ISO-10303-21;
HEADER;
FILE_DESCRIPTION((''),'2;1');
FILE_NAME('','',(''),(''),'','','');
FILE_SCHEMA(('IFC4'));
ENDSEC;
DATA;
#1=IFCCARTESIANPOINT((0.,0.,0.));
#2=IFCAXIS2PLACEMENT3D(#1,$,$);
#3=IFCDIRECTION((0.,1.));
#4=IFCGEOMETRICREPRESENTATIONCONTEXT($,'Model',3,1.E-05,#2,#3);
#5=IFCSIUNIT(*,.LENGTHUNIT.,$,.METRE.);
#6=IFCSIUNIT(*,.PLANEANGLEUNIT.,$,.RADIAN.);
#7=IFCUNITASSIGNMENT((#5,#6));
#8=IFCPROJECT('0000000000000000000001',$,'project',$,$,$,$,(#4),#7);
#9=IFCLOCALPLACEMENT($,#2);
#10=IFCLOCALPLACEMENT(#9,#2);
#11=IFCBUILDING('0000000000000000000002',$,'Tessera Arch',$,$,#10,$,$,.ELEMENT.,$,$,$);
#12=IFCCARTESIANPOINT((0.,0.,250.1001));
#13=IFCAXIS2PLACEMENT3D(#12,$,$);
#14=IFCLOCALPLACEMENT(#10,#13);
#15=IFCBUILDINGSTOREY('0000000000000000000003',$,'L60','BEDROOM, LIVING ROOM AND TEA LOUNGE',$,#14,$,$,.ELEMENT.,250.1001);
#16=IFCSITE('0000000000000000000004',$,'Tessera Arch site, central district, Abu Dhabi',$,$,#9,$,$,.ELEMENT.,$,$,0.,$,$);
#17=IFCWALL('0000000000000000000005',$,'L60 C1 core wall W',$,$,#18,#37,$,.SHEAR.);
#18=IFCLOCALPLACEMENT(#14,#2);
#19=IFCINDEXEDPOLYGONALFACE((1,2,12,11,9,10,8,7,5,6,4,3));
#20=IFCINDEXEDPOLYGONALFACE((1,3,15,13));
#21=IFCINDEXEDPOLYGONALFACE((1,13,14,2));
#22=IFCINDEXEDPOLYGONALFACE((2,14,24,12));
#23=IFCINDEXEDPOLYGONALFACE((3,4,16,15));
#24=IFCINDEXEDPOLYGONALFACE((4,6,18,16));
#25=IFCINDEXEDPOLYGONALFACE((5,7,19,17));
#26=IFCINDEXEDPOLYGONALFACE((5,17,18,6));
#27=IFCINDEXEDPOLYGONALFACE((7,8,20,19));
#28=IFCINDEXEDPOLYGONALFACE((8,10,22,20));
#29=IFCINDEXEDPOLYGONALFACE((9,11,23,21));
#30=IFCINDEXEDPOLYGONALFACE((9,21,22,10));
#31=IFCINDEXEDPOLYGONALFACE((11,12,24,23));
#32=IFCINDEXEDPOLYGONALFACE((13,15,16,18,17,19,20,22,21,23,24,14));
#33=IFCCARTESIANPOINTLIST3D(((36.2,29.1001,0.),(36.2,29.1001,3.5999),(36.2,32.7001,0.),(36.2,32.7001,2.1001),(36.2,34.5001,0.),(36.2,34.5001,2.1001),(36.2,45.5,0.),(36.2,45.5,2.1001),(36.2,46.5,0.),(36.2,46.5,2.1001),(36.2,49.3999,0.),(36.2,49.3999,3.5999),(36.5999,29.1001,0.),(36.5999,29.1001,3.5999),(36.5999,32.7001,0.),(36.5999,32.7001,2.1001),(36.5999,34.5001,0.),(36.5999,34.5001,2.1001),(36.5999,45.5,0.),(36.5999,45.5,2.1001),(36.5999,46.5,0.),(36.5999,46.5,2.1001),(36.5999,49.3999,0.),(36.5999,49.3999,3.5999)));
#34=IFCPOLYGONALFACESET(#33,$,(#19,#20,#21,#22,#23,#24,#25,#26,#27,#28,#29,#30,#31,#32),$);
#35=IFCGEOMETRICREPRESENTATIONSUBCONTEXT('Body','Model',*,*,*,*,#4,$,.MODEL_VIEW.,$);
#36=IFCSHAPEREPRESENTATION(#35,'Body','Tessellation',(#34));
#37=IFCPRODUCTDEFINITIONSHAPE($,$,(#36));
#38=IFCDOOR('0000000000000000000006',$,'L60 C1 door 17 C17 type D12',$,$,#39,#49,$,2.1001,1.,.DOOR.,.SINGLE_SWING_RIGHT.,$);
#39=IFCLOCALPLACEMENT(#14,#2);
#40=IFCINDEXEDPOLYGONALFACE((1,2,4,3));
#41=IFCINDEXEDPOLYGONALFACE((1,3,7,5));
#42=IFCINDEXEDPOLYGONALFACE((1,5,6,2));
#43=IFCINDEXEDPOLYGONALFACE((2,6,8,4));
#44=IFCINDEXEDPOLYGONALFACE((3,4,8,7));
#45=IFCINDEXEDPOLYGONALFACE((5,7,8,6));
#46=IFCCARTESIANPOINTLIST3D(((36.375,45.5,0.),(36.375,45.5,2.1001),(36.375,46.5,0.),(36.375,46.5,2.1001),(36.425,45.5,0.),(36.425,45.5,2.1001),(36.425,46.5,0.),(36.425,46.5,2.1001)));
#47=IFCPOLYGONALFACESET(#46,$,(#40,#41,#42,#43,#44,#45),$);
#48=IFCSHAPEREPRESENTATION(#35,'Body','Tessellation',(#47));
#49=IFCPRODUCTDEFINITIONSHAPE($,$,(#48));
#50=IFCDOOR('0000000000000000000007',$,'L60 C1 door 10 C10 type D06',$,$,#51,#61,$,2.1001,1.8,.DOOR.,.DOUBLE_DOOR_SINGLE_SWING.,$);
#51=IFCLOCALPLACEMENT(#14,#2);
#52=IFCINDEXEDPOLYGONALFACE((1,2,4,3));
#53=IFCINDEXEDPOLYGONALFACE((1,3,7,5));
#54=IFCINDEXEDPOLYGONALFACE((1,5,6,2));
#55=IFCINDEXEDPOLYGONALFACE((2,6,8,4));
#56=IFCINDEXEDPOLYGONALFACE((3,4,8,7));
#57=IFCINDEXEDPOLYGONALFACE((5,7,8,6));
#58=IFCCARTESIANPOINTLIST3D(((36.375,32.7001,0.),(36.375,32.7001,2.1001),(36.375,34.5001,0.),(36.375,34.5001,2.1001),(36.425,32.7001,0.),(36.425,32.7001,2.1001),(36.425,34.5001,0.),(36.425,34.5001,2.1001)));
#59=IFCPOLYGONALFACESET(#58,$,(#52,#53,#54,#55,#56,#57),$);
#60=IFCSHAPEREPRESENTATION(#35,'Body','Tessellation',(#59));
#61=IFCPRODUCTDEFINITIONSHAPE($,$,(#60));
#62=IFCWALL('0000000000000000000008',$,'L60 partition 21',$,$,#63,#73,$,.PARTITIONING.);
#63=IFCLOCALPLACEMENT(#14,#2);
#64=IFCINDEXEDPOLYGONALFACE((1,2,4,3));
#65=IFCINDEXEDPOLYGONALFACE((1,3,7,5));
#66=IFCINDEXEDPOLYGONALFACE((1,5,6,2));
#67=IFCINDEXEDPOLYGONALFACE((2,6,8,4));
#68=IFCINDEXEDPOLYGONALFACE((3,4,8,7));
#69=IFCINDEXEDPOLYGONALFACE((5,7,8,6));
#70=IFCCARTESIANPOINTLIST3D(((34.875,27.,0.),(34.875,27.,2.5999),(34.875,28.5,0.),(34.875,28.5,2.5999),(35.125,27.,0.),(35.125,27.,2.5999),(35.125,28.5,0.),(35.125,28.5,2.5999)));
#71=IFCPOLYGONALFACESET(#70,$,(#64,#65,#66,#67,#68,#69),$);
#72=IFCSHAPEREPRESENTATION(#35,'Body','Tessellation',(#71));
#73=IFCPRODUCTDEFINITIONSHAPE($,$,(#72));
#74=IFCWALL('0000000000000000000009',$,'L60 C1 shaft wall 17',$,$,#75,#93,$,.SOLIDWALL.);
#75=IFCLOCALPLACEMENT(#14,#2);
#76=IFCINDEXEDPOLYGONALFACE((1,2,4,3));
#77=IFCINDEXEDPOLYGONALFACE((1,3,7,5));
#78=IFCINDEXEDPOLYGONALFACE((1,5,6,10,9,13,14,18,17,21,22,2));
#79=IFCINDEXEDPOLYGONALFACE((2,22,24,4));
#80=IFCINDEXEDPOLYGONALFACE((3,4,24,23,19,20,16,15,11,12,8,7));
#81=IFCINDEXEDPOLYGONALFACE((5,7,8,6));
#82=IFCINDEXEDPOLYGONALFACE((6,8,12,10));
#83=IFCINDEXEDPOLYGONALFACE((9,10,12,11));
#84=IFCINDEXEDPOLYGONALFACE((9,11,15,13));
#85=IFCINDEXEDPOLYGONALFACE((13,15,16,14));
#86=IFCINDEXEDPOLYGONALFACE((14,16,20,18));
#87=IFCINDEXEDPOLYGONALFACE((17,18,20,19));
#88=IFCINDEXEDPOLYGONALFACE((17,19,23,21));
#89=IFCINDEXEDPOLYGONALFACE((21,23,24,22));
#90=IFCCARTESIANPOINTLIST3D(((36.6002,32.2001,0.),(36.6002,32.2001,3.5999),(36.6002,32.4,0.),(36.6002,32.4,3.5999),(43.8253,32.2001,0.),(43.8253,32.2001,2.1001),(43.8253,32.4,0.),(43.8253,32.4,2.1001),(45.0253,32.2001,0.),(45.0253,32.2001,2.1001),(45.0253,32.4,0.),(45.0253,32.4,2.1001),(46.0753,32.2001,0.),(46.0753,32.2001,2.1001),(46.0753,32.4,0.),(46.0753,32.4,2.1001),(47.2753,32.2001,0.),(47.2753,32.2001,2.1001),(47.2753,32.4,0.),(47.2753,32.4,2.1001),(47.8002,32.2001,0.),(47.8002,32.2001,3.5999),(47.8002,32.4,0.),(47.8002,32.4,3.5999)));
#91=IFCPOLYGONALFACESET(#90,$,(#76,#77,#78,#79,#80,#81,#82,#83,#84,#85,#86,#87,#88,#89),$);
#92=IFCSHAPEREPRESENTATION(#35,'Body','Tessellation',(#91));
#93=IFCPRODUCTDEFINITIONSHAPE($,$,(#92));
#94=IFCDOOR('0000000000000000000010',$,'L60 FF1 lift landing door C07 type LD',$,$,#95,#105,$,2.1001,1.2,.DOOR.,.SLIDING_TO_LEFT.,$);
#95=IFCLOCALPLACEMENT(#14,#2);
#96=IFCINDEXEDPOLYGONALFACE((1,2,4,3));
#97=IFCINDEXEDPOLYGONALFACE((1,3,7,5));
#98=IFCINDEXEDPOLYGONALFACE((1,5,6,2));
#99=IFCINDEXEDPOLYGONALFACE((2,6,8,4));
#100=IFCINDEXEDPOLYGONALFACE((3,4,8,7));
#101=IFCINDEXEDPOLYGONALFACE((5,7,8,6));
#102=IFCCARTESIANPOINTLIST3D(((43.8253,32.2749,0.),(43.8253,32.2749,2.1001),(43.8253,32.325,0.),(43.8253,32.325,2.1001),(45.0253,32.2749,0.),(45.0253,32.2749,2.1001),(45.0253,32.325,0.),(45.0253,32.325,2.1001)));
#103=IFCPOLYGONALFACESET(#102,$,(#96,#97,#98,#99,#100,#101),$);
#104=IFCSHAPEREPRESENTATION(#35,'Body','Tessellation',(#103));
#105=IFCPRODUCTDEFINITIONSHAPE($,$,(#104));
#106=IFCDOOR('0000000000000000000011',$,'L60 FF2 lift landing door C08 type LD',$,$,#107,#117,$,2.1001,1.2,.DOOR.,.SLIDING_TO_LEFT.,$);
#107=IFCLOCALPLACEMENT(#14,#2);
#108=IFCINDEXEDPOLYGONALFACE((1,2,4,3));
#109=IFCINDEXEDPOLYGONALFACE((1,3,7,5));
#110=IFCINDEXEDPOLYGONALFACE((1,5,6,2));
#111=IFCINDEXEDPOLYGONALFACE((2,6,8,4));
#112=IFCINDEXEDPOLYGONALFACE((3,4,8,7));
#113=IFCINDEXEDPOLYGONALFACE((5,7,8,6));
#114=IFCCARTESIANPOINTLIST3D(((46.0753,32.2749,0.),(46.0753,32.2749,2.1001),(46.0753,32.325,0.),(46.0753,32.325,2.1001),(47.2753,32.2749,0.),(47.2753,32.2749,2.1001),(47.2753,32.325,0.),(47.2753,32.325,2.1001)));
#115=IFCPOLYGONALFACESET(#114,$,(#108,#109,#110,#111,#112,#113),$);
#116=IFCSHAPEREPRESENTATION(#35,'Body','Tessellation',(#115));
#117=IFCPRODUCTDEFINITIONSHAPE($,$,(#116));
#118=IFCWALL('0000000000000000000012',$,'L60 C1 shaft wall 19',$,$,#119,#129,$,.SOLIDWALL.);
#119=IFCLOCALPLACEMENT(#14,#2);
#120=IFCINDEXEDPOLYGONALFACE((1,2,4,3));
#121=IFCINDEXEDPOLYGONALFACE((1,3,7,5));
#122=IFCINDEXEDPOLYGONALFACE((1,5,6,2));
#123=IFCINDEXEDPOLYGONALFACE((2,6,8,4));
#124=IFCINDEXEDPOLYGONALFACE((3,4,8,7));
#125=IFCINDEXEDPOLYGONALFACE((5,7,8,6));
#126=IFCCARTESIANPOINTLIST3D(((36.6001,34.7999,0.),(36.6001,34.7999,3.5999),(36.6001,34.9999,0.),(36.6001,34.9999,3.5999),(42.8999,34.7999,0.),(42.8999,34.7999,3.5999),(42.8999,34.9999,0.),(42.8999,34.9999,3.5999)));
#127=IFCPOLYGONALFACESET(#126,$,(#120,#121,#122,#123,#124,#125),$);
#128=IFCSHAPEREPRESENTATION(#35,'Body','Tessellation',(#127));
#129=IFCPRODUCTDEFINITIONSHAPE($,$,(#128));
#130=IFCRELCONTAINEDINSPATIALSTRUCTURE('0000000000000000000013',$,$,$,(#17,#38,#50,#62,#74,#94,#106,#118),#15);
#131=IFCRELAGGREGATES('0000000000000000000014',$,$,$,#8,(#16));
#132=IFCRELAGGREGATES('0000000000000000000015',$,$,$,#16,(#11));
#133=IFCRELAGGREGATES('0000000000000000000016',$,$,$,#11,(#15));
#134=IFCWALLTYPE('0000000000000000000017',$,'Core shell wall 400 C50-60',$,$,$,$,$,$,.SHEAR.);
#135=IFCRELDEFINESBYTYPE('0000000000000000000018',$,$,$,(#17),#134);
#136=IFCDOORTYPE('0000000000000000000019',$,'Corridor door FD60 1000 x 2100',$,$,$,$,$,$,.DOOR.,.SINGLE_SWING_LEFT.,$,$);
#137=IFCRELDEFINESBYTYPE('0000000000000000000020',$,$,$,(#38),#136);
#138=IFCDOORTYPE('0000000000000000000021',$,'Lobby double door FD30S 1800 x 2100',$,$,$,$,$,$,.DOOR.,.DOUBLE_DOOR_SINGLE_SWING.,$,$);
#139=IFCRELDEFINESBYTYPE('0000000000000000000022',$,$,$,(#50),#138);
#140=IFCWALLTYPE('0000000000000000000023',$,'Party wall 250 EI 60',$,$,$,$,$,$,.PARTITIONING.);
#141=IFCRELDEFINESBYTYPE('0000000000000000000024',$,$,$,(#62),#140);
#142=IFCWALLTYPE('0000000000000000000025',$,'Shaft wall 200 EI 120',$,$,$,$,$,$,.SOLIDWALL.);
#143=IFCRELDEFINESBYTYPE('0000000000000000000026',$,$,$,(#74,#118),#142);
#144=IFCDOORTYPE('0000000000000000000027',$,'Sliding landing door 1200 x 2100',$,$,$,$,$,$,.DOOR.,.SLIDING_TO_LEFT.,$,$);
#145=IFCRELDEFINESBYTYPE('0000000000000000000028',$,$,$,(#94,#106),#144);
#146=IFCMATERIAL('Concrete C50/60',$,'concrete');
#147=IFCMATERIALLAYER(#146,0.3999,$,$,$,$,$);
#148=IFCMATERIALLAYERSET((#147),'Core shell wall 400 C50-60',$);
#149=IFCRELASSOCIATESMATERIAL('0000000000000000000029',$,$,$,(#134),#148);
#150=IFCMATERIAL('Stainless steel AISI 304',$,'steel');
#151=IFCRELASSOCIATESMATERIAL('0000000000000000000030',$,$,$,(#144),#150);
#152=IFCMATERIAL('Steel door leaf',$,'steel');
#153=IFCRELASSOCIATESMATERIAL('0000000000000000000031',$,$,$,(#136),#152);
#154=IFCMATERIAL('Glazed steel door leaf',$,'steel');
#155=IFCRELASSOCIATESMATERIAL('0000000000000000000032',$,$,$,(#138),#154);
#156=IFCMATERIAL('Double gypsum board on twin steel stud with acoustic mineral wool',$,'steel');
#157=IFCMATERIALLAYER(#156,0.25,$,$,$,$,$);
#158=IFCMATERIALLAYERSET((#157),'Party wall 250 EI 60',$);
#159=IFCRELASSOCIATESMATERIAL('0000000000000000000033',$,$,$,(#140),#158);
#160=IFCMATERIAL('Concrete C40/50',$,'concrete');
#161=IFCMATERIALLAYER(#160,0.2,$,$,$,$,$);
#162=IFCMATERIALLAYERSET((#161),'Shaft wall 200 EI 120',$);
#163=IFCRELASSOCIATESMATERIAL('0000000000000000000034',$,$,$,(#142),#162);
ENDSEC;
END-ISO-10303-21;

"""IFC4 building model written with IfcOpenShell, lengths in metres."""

from ifc_helpers import new_model, si_unit, direction, frame, frame_2d, origin, place, context, subcontext, project, spatial, rectangle, extrude, material, layer, layer_set, type_object, element, fill, save


model = new_model("IFC4")

# Units and contexts
model_context = context("Model", 3, precision=1e-05, world=origin(), true_north=direction((0.0, 1.0)))
body_context = subcontext(model_context, "Body", "Model", "MODEL_VIEW")
ifc_project = project(units=[si_unit("LENGTHUNIT", "METRE"), si_unit("PLANEANGLEUNIT", "RADIAN")], contexts=[model_context])

# Site, building, storey
site_placement = place(None, origin())
site = spatial("IfcSite", under=ifc_project, at=site_placement, Name="Tessera Arch site, central district, Abu Dhabi", CompositionType="ELEMENT", RefElevation=0.0)
building_placement = place(site_placement, origin())
building = spatial("IfcBuilding", under=site, at=building_placement, Name="Tessera Arch", CompositionType="ELEMENT")
storey_placement = place(building_placement, frame((0.0, 0.0, 250.1001)))
storey = spatial("IfcBuildingStorey", under=building, at=storey_placement, Name="L60", Description="BEDROOM, LIVING ROOM AND TEA LOUNGE", CompositionType="ELEMENT", Elevation=250.1001)

# Wall, openings, doors
ifc_material_1 = material(Name="Concrete C50/60", Category="concrete")
ifc_layer_1 = layer(ifc_material_1, 0.3999)
ifc_layer_set_1 = layer_set([ifc_layer_1], Name="Core shell wall 400 C50-60")
wall_type_1 = type_object("IfcWallType", Name="Core shell wall 400 C50-60", PredefinedType="SHEAR", material=ifc_layer_set_1)
ifc_material_2 = material(Name="Stainless steel AISI 304", Category="steel")
door_type_1 = type_object("IfcDoorType", Name="Sliding landing door 1200 x 2100", OperationType="SLIDING_TO_LEFT", PredefinedType="DOOR", material=ifc_material_2)
wall_1_placement = place(storey_placement, frame((36.3999, 29.1001, 0.0), z_axis=(0.0, 0.0, 1.0), x_axis=(0.0, 1.0, 0.0)))
wall_1 = element("IfcWall", 1, at=wall_1_placement, inside=storey, type_object=wall_type_1, Name="L60 C1 core wall W", PredefinedType="SHEAR", context=body_context, shape_type="SweptSolid", body=[
    extrude(rectangle(XDim=20.2998, YDim=0.3999, at=frame_2d((10.1499, 0.0))), origin(), (0.0, 0.0, 1.0), 3.5999),
])
opening_1_placement = place(wall_1_placement, frame((3.6001, 0.0, 0.0)))
opening_1 = element("IfcOpeningElement", 2, at=opening_1_placement, cuts=wall_1, PredefinedType="OPENING", context=body_context, shape_type="SweptSolid", body=[
    extrude(rectangle(XDim=1.8, YDim=2.1001, at=frame_2d((0.8999, 1.05))), frame((0.0, 0.21, 0.0), z_axis=(0.0, -1.0, 0.0), x_axis=(1.0, 0.0, 0.0)), (0.0, 0.0, 1.0), 0.4199),
])
opening_2_placement = place(wall_1_placement, frame((16.3999, 0.0, 0.0)))
opening_2 = element("IfcOpeningElement", 3, at=opening_2_placement, cuts=wall_1, PredefinedType="OPENING", context=body_context, shape_type="SweptSolid", body=[
    extrude(rectangle(XDim=1.0, YDim=2.1001, at=frame_2d((0.5, 1.05))), frame((0.0, 0.21, 0.0), z_axis=(0.0, -1.0, 0.0), x_axis=(1.0, 0.0, 0.0)), (0.0, 0.0, 1.0), 0.4199),
])
ifc_material_3 = material(Name="Steel door leaf", Category="steel")
door_type_2 = type_object("IfcDoorType", Name="Corridor door FD60 1000 x 2100", OperationType="SINGLE_SWING_LEFT", PredefinedType="DOOR", material=ifc_material_3)
door_1_placement = place(opening_2_placement, origin())
door_1 = element("IfcDoor", 4, at=door_1_placement, inside=storey, type_object=door_type_2, Name="L60 C1 door 17 C17 type D12", OperationType="SINGLE_SWING_RIGHT", OverallHeight=2.1001, OverallWidth=1.0, PredefinedType="DOOR", context=body_context, shape_type="SweptSolid", body=[
    extrude(rectangle(XDim=1.0, YDim=2.1001, at=frame_2d((0.5, 1.05))), frame((0.0, 0.0249, 0.0), z_axis=(0.0, -1.0, 0.0), x_axis=(1.0, 0.0, 0.0)), (0.0, 0.0, 1.0), 0.05),
])
fill(opening_2, door_1)
ifc_material_4 = material(Name="Glazed steel door leaf", Category="steel")
door_type_3 = type_object("IfcDoorType", Name="Lobby double door FD30S 1800 x 2100", OperationType="DOUBLE_DOOR_SINGLE_SWING", PredefinedType="DOOR", material=ifc_material_4)
door_2_placement = place(opening_1_placement, origin())
door_2 = element("IfcDoor", 5, at=door_2_placement, inside=storey, type_object=door_type_3, Name="L60 C1 door 10 C10 type D06", OperationType="DOUBLE_DOOR_SINGLE_SWING", OverallHeight=2.1001, OverallWidth=1.8, PredefinedType="DOOR", context=body_context, shape_type="SweptSolid", body=[
    extrude(rectangle(XDim=1.8, YDim=2.1001, at=frame_2d((0.8999, 1.05))), frame((0.0, 0.0249, 0.0), z_axis=(0.0, -1.0, 0.0), x_axis=(1.0, 0.0, 0.0)), (0.0, 0.0, 1.0), 0.05),
])
fill(opening_1, door_2)

# Wall
ifc_material_5 = material(Name="Double gypsum board on twin steel stud with acoustic mineral wool", Category="steel")
ifc_layer_2 = layer(ifc_material_5, 0.25)
ifc_layer_set_2 = layer_set([ifc_layer_2], Name="Party wall 250 EI 60")
wall_type_2 = type_object("IfcWallType", Name="Party wall 250 EI 60", PredefinedType="PARTITIONING", material=ifc_layer_set_2)
wall_2_placement = place(storey_placement, frame((35.0, 27.0, 0.0), z_axis=(0.0, 0.0, 1.0), x_axis=(0.0, 1.0, 0.0)))
element("IfcWall", 6, at=wall_2_placement, inside=storey, type_object=wall_type_2, Name="L60 partition 21", PredefinedType="PARTITIONING", context=body_context, shape_type="SweptSolid", body=[
    extrude(rectangle(XDim=1.5, YDim=0.25, at=frame_2d((0.75, 0.0))), origin(), (0.0, 0.0, 1.0), 2.5999),
])

# Wall, openings, doors
ifc_material_6 = material(Name="Concrete C40/50", Category="concrete")
ifc_layer_3 = layer(ifc_material_6, 0.2)
ifc_layer_set_3 = layer_set([ifc_layer_3], Name="Shaft wall 200 EI 120")
wall_type_3 = type_object("IfcWallType", Name="Shaft wall 200 EI 120", PredefinedType="SOLIDWALL", material=ifc_layer_set_3)
wall_3_placement = place(storey_placement, frame((36.6001, 32.3, 0.0), z_axis=(0.0, 0.0, 1.0), x_axis=(1.0, 0.0, 0.0)))
wall_3 = element("IfcWall", 7, at=wall_3_placement, inside=storey, type_object=wall_type_3, Name="L60 C1 shaft wall 17", PredefinedType="SOLIDWALL", context=body_context, shape_type="SweptSolid", body=[
    extrude(rectangle(XDim=11.2, YDim=0.2, at=frame_2d((5.6001, 0.0))), origin(), (0.0, 0.0, 1.0), 3.5999),
])
opening_3_placement = place(wall_3_placement, frame((7.2251, 0.0, 0.0)))
opening_3 = element("IfcOpeningElement", 8, at=opening_3_placement, cuts=wall_3, PredefinedType="OPENING", context=body_context, shape_type="SweptSolid", body=[
    extrude(rectangle(XDim=1.2, YDim=2.1001, at=frame_2d((0.6001, 1.05))), frame((0.0, 0.1099, 0.0), z_axis=(0.0, -1.0, 0.0), x_axis=(1.0, 0.0, 0.0)), (0.0, 0.0, 1.0), 0.22),
])
opening_4_placement = place(wall_3_placement, frame((9.4751, 0.0, 0.0)))
opening_4 = element("IfcOpeningElement", 9, at=opening_4_placement, cuts=wall_3, PredefinedType="OPENING", context=body_context, shape_type="SweptSolid", body=[
    extrude(rectangle(XDim=1.2, YDim=2.1001, at=frame_2d((0.6001, 1.05))), frame((0.0, 0.1099, 0.0), z_axis=(0.0, -1.0, 0.0), x_axis=(1.0, 0.0, 0.0)), (0.0, 0.0, 1.0), 0.22),
])
door_3_placement = place(opening_3_placement, origin())
door_3 = element("IfcDoor", 10, at=door_3_placement, inside=storey, type_object=door_type_1, Name="L60 FF1 lift landing door C07 type LD", OperationType="SLIDING_TO_LEFT", OverallHeight=2.1001, OverallWidth=1.2, PredefinedType="DOOR", context=body_context, shape_type="SweptSolid", body=[
    extrude(rectangle(XDim=1.2, YDim=2.1001, at=frame_2d((0.6001, 1.05))), frame((0.0, 0.0249, 0.0), z_axis=(0.0, -1.0, 0.0), x_axis=(1.0, 0.0, 0.0)), (0.0, 0.0, 1.0), 0.05),
])
fill(opening_3, door_3)
door_4_placement = place(opening_4_placement, origin())
door_4 = element("IfcDoor", 11, at=door_4_placement, inside=storey, type_object=door_type_1, Name="L60 FF2 lift landing door C08 type LD", OperationType="SLIDING_TO_LEFT", OverallHeight=2.1001, OverallWidth=1.2, PredefinedType="DOOR", context=body_context, shape_type="SweptSolid", body=[
    extrude(rectangle(XDim=1.2, YDim=2.1001, at=frame_2d((0.6001, 1.05))), frame((0.0, 0.0249, 0.0), z_axis=(0.0, -1.0, 0.0), x_axis=(1.0, 0.0, 0.0)), (0.0, 0.0, 1.0), 0.05),
])
fill(opening_4, door_4)

# Wall
wall_4_placement = place(storey_placement, frame((36.6001, 34.8999, 0.0), z_axis=(0.0, 0.0, 1.0), x_axis=(1.0, 0.0, 0.0)))
element("IfcWall", 12, at=wall_4_placement, inside=storey, type_object=wall_type_3, Name="L60 C1 shaft wall 19", PredefinedType="SOLIDWALL", context=body_context, shape_type="SweptSolid", body=[
    extrude(rectangle(XDim=6.2998, YDim=0.2, at=frame_2d((3.1499, 0.0))), origin(), (0.0, 0.0, 1.0), 3.5999),
])

save(model, "model.ifc")
